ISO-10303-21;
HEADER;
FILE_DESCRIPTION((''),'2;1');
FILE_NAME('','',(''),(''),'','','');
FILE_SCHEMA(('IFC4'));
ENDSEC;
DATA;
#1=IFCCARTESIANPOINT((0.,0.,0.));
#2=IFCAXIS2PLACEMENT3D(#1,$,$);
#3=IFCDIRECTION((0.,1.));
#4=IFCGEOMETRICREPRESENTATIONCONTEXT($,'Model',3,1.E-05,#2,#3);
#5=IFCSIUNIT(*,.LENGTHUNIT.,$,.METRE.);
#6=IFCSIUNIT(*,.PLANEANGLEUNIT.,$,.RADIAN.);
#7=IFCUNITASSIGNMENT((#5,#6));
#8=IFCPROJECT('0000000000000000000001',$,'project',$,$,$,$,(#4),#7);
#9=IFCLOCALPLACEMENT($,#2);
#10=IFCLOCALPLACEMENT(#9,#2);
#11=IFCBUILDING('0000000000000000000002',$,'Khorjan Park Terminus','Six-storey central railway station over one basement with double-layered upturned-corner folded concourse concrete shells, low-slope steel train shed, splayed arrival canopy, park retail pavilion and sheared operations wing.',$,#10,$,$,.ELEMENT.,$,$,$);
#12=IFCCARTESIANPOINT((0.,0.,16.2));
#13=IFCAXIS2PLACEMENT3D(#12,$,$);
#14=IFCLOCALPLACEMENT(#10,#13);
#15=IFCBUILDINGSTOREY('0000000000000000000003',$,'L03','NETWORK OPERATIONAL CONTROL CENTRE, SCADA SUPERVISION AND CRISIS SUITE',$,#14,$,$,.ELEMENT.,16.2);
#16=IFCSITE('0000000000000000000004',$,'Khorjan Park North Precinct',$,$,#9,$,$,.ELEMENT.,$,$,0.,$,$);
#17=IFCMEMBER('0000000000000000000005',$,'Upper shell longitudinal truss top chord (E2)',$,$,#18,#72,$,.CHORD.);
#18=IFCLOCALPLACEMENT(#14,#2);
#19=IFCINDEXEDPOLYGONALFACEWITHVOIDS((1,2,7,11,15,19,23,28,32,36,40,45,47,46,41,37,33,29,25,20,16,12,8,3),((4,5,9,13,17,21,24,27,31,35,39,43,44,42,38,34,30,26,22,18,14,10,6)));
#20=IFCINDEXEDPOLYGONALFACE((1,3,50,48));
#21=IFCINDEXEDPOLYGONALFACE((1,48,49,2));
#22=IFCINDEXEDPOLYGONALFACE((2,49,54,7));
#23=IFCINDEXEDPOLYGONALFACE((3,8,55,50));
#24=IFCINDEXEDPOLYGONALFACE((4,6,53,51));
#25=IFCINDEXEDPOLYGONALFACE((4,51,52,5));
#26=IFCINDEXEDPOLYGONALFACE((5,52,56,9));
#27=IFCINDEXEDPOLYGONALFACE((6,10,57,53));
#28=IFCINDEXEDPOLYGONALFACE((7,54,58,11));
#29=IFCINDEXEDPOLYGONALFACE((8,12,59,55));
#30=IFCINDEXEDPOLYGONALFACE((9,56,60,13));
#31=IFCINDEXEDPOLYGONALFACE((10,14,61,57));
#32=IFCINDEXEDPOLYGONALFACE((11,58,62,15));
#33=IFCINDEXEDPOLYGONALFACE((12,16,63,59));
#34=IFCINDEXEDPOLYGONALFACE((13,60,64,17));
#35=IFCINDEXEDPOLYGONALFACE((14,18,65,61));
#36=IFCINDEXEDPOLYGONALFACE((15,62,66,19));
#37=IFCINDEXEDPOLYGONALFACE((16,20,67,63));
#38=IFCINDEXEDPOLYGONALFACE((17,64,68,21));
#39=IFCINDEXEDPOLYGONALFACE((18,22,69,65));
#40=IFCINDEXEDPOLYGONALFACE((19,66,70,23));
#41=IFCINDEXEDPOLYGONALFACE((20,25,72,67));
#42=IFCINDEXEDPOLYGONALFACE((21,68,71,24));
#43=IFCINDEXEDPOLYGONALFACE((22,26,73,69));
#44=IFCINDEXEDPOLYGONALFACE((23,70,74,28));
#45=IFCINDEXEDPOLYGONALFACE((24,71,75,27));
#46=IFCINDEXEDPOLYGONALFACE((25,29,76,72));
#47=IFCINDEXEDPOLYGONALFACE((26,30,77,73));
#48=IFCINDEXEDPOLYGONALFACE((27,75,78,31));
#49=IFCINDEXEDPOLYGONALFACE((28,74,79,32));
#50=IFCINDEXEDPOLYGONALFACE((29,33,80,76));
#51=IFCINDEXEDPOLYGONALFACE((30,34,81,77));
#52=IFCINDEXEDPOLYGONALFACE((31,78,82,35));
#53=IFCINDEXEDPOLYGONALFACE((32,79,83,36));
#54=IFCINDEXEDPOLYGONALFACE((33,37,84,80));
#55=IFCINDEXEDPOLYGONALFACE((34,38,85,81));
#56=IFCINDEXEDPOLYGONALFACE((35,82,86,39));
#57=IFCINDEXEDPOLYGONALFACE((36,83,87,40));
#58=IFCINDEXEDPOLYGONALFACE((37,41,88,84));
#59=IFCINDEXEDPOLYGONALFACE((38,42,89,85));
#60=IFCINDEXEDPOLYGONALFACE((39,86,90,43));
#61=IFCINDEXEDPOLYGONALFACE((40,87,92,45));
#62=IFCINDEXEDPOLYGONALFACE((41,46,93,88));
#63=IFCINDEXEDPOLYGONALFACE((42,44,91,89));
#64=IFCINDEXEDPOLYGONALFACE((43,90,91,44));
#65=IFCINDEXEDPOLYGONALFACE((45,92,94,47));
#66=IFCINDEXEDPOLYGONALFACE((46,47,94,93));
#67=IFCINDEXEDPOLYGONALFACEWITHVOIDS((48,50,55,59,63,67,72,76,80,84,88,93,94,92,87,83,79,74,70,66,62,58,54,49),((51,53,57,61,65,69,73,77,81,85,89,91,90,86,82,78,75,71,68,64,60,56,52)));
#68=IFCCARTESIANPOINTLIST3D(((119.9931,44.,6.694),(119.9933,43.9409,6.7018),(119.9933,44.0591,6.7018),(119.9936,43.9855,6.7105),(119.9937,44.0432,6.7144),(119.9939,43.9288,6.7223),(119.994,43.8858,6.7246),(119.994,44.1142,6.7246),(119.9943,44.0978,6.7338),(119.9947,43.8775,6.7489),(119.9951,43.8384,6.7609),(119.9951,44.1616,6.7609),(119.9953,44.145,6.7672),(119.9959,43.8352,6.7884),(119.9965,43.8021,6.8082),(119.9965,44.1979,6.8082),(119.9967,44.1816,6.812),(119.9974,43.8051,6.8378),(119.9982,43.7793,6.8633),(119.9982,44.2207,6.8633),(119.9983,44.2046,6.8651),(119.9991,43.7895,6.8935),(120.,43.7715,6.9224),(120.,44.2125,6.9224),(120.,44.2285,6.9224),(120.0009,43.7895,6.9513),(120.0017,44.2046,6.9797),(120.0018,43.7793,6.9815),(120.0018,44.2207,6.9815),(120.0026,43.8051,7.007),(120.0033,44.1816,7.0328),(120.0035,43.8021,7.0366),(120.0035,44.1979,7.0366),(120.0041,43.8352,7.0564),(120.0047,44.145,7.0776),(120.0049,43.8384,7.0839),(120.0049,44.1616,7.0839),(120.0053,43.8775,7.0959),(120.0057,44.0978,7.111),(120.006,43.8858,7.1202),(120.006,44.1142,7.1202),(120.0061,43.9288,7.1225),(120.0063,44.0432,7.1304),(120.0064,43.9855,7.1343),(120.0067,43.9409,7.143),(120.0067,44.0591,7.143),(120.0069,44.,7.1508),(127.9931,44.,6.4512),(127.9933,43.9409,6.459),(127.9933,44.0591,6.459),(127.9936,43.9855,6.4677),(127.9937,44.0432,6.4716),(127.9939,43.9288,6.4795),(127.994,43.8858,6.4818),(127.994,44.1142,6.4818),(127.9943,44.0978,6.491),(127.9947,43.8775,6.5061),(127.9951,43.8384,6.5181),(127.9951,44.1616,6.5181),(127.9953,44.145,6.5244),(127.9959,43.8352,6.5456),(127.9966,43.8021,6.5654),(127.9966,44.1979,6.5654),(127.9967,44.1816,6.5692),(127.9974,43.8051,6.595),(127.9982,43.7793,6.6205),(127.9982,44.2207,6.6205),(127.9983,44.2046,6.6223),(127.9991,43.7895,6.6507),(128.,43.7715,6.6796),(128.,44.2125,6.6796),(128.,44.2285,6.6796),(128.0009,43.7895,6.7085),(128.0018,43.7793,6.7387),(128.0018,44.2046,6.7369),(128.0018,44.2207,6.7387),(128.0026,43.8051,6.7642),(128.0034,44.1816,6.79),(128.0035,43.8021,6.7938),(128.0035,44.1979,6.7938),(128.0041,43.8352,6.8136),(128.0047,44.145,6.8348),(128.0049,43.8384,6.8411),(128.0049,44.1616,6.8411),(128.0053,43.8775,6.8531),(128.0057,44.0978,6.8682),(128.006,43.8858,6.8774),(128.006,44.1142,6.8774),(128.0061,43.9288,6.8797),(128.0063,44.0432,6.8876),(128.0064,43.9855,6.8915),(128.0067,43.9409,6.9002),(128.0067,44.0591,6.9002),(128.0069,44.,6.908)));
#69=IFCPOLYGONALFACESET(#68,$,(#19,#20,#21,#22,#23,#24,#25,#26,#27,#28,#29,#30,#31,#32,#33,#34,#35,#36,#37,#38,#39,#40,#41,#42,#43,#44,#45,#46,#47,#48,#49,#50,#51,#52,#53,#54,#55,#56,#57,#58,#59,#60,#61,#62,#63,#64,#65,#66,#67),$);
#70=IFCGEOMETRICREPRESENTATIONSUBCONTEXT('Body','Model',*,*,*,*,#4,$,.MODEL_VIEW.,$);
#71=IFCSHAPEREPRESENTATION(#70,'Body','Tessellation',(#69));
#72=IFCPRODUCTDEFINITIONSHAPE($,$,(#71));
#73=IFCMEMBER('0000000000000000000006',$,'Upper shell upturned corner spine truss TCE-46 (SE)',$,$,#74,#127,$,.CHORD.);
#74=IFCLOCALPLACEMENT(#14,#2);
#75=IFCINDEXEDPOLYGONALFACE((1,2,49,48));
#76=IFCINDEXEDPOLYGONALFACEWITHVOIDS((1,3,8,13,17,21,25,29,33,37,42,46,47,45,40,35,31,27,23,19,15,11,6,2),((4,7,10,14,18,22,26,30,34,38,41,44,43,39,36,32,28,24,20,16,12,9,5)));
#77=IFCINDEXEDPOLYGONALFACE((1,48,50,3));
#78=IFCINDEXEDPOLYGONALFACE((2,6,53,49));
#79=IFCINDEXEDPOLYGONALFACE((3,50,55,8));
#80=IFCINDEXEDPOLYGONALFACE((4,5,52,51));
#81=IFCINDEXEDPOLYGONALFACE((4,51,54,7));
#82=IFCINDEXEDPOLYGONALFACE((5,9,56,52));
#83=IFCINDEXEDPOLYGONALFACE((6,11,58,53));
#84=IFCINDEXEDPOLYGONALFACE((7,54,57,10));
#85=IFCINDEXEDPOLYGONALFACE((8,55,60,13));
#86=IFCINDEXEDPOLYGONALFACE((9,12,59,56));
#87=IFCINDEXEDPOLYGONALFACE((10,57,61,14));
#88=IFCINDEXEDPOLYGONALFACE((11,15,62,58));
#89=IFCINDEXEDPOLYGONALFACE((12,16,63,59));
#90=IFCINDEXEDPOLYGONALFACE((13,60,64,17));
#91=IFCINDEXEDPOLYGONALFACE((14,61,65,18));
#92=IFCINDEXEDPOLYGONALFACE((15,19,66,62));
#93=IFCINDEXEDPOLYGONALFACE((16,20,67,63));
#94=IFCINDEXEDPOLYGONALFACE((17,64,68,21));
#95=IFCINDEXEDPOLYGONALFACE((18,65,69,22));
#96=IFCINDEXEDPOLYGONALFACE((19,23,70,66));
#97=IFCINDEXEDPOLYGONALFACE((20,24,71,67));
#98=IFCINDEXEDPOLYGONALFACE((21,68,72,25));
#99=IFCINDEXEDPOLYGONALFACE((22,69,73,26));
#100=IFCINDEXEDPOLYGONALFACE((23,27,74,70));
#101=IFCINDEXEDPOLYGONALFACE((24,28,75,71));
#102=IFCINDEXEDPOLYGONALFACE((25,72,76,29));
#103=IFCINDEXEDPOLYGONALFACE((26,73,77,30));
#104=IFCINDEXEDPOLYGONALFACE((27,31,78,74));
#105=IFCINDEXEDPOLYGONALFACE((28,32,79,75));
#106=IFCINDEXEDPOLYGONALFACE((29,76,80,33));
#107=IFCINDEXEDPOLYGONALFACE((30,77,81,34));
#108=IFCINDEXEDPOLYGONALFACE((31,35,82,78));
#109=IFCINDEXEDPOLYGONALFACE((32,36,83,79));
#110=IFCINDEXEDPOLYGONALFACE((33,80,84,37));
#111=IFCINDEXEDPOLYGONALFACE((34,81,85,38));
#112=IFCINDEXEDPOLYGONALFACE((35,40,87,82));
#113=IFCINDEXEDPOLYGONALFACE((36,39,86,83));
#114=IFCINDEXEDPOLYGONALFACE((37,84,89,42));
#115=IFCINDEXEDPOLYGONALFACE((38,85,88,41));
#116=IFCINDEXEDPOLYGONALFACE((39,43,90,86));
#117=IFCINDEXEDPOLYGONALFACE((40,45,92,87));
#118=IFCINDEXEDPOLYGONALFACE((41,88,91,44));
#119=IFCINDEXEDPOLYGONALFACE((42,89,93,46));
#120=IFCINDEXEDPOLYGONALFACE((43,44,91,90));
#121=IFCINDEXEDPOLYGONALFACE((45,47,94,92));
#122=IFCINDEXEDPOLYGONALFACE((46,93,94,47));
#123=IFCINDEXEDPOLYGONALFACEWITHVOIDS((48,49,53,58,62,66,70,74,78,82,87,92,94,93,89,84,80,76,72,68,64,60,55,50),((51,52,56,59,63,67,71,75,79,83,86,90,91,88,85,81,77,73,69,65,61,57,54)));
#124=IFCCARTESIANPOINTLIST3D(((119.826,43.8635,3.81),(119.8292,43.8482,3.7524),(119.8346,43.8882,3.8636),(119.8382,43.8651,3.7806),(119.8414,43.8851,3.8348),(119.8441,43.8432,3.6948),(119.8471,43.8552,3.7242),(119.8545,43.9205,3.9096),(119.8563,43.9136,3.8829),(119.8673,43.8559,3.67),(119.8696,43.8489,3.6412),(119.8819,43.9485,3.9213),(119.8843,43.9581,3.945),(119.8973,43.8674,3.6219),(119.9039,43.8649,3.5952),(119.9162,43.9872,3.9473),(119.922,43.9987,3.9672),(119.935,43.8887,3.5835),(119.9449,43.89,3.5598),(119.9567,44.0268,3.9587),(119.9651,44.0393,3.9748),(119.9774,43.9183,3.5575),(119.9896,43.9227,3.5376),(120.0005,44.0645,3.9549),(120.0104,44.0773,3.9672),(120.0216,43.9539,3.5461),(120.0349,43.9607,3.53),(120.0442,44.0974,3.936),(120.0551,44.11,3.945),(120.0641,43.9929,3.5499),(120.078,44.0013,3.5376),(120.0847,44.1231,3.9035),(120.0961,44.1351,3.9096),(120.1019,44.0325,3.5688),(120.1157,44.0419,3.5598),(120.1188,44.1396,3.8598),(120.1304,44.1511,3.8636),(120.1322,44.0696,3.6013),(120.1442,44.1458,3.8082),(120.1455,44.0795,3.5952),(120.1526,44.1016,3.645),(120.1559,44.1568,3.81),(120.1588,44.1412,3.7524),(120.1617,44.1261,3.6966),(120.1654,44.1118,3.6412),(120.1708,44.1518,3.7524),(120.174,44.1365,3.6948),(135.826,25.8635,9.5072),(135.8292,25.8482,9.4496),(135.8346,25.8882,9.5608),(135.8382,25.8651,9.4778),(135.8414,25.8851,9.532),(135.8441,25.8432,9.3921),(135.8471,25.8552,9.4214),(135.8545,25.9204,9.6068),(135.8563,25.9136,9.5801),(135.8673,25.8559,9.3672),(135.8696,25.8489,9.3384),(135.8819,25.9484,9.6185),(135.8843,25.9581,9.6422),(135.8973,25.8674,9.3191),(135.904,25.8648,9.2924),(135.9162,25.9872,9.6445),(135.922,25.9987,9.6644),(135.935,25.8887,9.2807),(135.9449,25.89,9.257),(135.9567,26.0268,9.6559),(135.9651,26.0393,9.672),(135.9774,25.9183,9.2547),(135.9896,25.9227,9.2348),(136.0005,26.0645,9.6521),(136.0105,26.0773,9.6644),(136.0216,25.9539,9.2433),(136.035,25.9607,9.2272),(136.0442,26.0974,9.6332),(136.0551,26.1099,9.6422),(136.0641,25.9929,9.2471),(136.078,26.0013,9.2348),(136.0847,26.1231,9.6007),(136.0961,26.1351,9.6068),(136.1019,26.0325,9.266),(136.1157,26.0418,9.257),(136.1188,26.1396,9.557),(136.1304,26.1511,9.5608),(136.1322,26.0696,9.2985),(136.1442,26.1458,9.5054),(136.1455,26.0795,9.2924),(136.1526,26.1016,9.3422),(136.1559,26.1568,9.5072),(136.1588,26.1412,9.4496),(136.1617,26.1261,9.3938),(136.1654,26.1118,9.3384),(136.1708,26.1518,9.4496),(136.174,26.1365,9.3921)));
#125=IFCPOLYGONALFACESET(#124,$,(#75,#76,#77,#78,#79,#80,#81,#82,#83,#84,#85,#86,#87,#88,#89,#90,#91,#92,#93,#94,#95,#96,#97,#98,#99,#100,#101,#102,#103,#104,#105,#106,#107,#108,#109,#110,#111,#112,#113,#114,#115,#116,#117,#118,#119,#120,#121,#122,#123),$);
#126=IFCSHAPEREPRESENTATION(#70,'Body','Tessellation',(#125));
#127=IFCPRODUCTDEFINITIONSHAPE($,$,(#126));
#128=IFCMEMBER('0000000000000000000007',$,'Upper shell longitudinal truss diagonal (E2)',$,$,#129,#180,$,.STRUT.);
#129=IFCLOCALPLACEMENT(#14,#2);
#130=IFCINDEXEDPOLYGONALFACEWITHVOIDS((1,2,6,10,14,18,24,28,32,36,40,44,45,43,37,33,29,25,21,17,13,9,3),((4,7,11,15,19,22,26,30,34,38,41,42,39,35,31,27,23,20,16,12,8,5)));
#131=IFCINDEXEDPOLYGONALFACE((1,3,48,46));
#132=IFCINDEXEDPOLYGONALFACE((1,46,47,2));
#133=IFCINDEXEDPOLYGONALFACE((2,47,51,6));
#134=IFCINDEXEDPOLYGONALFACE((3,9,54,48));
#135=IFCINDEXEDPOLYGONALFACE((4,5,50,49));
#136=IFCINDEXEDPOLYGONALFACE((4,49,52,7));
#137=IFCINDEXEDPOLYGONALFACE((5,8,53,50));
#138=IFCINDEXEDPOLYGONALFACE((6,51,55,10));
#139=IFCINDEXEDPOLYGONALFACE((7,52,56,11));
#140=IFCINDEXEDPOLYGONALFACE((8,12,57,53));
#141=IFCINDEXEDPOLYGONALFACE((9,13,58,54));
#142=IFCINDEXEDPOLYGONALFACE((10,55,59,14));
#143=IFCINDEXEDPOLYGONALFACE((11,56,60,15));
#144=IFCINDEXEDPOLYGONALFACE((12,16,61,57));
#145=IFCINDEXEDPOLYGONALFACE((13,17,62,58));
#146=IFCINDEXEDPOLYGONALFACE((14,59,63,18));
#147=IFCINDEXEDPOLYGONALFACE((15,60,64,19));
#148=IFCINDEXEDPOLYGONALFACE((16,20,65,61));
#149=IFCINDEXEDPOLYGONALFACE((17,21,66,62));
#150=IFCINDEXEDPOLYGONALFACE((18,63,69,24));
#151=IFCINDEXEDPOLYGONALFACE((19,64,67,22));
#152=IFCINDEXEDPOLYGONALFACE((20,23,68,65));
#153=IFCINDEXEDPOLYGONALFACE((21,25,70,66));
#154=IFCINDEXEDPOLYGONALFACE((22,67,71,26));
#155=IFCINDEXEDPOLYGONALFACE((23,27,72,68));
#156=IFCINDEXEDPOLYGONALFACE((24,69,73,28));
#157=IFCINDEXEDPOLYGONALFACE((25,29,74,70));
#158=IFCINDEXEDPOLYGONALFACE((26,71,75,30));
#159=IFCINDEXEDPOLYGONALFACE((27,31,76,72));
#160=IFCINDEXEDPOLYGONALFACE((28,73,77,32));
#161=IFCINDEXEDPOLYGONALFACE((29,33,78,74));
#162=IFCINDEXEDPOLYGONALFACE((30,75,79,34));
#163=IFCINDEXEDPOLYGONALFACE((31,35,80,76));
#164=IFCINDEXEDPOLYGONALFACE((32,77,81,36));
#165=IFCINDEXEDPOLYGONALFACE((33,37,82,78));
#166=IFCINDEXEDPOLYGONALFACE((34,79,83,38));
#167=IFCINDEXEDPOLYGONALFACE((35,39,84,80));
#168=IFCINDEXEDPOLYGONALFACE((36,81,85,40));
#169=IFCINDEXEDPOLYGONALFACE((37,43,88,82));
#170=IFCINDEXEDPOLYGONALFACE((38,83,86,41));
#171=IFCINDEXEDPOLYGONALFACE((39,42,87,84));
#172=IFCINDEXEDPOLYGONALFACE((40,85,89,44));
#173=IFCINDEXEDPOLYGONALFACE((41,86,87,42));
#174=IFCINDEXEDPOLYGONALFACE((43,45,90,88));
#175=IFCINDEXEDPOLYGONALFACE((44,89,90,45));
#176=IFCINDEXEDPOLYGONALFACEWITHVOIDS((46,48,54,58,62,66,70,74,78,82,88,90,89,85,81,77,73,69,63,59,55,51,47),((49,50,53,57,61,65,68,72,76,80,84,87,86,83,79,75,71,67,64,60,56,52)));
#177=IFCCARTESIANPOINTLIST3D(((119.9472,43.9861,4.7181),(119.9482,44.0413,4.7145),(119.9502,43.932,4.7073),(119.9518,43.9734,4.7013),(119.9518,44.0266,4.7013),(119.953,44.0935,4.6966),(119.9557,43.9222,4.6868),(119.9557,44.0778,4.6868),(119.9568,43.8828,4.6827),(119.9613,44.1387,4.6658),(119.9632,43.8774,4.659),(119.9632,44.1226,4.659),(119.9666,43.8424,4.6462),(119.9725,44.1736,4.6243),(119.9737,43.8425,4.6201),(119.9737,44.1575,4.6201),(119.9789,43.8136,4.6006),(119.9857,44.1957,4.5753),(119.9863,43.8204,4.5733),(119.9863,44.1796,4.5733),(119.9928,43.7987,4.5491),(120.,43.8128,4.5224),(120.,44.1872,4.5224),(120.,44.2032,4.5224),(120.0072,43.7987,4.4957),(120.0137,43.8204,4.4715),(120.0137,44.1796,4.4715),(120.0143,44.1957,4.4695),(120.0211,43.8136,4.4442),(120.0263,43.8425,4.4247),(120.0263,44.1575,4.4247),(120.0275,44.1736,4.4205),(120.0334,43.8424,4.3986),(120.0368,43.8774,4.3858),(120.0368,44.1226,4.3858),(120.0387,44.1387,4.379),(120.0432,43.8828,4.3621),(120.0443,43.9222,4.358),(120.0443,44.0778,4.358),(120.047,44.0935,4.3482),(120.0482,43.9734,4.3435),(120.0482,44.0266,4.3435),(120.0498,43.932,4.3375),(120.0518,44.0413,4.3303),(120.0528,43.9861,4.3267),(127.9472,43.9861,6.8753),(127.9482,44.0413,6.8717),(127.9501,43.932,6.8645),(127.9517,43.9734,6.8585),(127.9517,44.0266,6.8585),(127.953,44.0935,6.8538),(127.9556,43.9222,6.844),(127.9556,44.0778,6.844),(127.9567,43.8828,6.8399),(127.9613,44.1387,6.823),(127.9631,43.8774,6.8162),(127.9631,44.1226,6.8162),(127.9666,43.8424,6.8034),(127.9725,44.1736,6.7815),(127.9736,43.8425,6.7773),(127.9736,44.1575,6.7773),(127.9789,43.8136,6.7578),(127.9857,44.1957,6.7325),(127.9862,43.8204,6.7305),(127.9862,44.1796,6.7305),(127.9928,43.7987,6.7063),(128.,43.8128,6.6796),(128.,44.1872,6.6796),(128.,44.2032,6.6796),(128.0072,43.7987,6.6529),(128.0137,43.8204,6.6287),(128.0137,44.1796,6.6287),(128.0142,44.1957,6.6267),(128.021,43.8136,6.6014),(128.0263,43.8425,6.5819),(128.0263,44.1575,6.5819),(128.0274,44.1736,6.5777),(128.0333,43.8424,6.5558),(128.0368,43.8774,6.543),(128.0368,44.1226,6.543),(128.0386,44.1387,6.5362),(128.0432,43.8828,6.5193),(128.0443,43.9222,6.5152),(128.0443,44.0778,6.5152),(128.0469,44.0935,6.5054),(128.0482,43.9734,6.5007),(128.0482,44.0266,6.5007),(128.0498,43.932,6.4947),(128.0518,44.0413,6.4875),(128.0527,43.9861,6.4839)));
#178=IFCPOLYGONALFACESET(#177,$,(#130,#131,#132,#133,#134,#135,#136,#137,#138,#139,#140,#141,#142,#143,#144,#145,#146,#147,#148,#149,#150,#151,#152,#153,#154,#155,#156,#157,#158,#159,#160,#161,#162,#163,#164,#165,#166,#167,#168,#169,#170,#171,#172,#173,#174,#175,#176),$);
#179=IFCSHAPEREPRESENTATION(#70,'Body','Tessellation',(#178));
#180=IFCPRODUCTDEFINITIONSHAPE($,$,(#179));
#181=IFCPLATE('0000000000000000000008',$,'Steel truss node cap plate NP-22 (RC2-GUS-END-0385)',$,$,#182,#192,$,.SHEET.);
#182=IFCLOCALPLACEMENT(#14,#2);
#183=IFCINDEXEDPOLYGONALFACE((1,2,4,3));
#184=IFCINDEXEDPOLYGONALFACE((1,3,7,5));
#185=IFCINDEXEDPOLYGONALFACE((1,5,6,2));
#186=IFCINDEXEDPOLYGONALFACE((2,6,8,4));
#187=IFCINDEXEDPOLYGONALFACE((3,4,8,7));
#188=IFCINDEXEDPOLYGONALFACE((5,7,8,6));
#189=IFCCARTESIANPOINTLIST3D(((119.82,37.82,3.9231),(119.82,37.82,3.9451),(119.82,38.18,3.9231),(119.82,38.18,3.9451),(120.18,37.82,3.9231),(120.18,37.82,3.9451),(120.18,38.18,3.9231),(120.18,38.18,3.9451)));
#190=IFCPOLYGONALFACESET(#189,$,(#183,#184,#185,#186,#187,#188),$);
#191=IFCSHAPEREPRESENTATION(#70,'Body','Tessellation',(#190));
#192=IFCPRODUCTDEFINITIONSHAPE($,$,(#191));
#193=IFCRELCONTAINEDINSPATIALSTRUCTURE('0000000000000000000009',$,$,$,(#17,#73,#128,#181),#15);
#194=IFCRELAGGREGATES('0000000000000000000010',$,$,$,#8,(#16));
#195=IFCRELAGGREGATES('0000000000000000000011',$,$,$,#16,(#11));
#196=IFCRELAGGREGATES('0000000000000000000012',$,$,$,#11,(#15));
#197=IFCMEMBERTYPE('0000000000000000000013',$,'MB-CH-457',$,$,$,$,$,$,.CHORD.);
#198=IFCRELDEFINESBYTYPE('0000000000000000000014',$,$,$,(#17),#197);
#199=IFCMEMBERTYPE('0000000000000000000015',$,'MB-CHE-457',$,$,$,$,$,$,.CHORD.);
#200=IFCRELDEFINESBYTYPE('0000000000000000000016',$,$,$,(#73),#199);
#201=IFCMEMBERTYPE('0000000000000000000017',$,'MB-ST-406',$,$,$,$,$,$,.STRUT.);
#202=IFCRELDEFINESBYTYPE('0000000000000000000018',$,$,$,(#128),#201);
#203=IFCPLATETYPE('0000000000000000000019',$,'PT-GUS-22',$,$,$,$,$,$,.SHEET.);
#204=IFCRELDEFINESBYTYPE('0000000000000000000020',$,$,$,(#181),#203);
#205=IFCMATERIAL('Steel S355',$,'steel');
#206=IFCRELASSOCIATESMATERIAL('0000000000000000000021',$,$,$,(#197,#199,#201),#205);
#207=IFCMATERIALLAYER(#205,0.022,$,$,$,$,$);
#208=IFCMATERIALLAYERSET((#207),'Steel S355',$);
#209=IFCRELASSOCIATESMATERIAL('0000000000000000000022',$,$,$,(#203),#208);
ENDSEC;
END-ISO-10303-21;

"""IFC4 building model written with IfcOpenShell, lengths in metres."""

from ifc_helpers import new_model, si_unit, direction, frame, origin, origin_2d, place, context, subcontext, project, spatial, rectangle, hollow_circle, extrude, material, layer, layer_set, material_profile, profile_set, type_object, element, save


model = new_model("IFC4")

# Units and contexts
model_context = context("Model", 3, precision=1e-05, world=origin(), true_north=direction((0.0, 1.0)))
body_context = subcontext(model_context, "Body", "Model", "MODEL_VIEW")
ifc_project = project(units=[si_unit("LENGTHUNIT", "METRE"), si_unit("PLANEANGLEUNIT", "RADIAN")], contexts=[model_context])

# Site, building, storey
site_placement = place(None, origin())
site = spatial("IfcSite", under=ifc_project, at=site_placement, Name="Khorjan Park North Precinct", CompositionType="ELEMENT", RefElevation=0.0)
building_placement = place(site_placement, origin())
building = spatial("IfcBuilding", under=site, at=building_placement, Name="Khorjan Park Terminus", Description="Six-storey central railway station over one basement with double-layered upturned-corner folded concourse concrete shells, low-slope steel train shed, splayed arrival canopy, park retail pavilion and sheared operations wing.", CompositionType="ELEMENT")
storey_placement = place(building_placement, frame((0.0, 0.0, 16.2)))
storey = spatial("IfcBuildingStorey", under=building, at=storey_placement, Name="L03", Description="NETWORK OPERATIONAL CONTROL CENTRE, SCADA SUPERVISION AND CRISIS SUITE", CompositionType="ELEMENT", Elevation=16.2)

# Members
ifc_material = material(Name="Steel S355", Category="steel")
ifc_material_profile_1 = material_profile(ifc_material, hollow_circle(Radius=0.2285, WallThickness=0.016, at=origin_2d()), Name="CHS 457x16")
ifc_profile_set_1 = profile_set([ifc_material_profile_1], Name="Steel S355")
member_type_1 = type_object("IfcMemberType", Name="MB-CH-457", PredefinedType="CHORD", material=ifc_profile_set_1)
member_1_placement = place(storey_placement, frame((120.0, 44.0, 6.9224), z_axis=(0.99954, 0.0, -0.030336), x_axis=(0.0, 1.0, 0.0)))
element("IfcMember", 1, at=member_1_placement, inside=storey, type_object=member_type_1, Name="Upper shell longitudinal truss top chord (E2)", PredefinedType="CHORD", context=body_context, shape_type="SweptSolid", body=[
    extrude(hollow_circle(Radius=0.2285, WallThickness=0.016, at=origin_2d()), origin(), (0.0, 0.0, 1.0), 8.0037),
])
ifc_material_profile_2 = material_profile(ifc_material, hollow_circle(Radius=0.2285, WallThickness=0.016, at=origin_2d()), Name="CHS 457x16")
ifc_profile_set_2 = profile_set([ifc_material_profile_2], Name="Steel S355")
member_type_2 = type_object("IfcMemberType", Name="MB-CHE-457", PredefinedType="CHORD", material=ifc_profile_set_2)
member_2_placement = place(storey_placement, frame((120.0, 44.0, 3.7524), z_axis=(0.64652, -0.727335, 0.23021), x_axis=(0.747409, 0.664364, 0.0)))
element("IfcMember", 2, at=member_2_placement, inside=storey, type_object=member_type_2, Name="Upper shell upturned corner spine truss TCE-46 (SE)", PredefinedType="CHORD", context=body_context, shape_type="SweptSolid", body=[
    extrude(hollow_circle(Radius=0.2285, WallThickness=0.016, at=origin_2d()), origin(), (0.0, 0.0, 1.0), 24.7479),
])
ifc_material_profile_3 = material_profile(ifc_material, hollow_circle(Radius=0.2032, WallThickness=0.016, at=origin_2d()), Name="CHS 406.4x16")
ifc_profile_set_3 = profile_set([ifc_material_profile_3], Name="Steel S355")
member_type_3 = type_object("IfcMemberType", Name="MB-ST-406", PredefinedType="STRUT", material=ifc_profile_set_3)
member_3_placement = place(storey_placement, frame((120.0, 44.0, 4.5224), z_axis=(0.965514, 0.0, 0.260351), x_axis=(0.0, 1.0, 0.0)))
element("IfcMember", 3, at=member_3_placement, inside=storey, type_object=member_type_3, Name="Upper shell longitudinal truss diagonal (E2)", PredefinedType="STRUT", context=body_context, shape_type="SweptSolid", body=[
    extrude(hollow_circle(Radius=0.2032, WallThickness=0.016, at=origin_2d()), origin(), (0.0, 0.0, 1.0), 8.2857),
])

# Plate
ifc_layer_1 = layer(ifc_material, 0.022)
ifc_layer_set_1 = layer_set([ifc_layer_1], Name="Steel S355")
plate_type_1 = type_object("IfcPlateType", Name="PT-GUS-22", PredefinedType="SHEET", material=ifc_layer_set_1)
for number, where, z_axis, x_axis, name in (
    (4, (120.0, 38.0, 3.9231), (0.0, 0.0, 1.0), (1.0, 0.0, 0.0), "Steel truss node cap plate NP-22 (RC2-GUS-END-0385)"),
):
    element("IfcPlate", number, at=place(storey_placement, frame(where, z_axis=z_axis, x_axis=x_axis)), inside=storey, type_object=plate_type_1, Name=name, PredefinedType="SHEET", context=body_context, shape_type="SweptSolid", body=[
        extrude(rectangle(XDim=0.36, YDim=0.36, at=origin_2d()), origin(), (0.0, 0.0, 1.0), 0.022),
    ])

save(model, "model.ifc")
